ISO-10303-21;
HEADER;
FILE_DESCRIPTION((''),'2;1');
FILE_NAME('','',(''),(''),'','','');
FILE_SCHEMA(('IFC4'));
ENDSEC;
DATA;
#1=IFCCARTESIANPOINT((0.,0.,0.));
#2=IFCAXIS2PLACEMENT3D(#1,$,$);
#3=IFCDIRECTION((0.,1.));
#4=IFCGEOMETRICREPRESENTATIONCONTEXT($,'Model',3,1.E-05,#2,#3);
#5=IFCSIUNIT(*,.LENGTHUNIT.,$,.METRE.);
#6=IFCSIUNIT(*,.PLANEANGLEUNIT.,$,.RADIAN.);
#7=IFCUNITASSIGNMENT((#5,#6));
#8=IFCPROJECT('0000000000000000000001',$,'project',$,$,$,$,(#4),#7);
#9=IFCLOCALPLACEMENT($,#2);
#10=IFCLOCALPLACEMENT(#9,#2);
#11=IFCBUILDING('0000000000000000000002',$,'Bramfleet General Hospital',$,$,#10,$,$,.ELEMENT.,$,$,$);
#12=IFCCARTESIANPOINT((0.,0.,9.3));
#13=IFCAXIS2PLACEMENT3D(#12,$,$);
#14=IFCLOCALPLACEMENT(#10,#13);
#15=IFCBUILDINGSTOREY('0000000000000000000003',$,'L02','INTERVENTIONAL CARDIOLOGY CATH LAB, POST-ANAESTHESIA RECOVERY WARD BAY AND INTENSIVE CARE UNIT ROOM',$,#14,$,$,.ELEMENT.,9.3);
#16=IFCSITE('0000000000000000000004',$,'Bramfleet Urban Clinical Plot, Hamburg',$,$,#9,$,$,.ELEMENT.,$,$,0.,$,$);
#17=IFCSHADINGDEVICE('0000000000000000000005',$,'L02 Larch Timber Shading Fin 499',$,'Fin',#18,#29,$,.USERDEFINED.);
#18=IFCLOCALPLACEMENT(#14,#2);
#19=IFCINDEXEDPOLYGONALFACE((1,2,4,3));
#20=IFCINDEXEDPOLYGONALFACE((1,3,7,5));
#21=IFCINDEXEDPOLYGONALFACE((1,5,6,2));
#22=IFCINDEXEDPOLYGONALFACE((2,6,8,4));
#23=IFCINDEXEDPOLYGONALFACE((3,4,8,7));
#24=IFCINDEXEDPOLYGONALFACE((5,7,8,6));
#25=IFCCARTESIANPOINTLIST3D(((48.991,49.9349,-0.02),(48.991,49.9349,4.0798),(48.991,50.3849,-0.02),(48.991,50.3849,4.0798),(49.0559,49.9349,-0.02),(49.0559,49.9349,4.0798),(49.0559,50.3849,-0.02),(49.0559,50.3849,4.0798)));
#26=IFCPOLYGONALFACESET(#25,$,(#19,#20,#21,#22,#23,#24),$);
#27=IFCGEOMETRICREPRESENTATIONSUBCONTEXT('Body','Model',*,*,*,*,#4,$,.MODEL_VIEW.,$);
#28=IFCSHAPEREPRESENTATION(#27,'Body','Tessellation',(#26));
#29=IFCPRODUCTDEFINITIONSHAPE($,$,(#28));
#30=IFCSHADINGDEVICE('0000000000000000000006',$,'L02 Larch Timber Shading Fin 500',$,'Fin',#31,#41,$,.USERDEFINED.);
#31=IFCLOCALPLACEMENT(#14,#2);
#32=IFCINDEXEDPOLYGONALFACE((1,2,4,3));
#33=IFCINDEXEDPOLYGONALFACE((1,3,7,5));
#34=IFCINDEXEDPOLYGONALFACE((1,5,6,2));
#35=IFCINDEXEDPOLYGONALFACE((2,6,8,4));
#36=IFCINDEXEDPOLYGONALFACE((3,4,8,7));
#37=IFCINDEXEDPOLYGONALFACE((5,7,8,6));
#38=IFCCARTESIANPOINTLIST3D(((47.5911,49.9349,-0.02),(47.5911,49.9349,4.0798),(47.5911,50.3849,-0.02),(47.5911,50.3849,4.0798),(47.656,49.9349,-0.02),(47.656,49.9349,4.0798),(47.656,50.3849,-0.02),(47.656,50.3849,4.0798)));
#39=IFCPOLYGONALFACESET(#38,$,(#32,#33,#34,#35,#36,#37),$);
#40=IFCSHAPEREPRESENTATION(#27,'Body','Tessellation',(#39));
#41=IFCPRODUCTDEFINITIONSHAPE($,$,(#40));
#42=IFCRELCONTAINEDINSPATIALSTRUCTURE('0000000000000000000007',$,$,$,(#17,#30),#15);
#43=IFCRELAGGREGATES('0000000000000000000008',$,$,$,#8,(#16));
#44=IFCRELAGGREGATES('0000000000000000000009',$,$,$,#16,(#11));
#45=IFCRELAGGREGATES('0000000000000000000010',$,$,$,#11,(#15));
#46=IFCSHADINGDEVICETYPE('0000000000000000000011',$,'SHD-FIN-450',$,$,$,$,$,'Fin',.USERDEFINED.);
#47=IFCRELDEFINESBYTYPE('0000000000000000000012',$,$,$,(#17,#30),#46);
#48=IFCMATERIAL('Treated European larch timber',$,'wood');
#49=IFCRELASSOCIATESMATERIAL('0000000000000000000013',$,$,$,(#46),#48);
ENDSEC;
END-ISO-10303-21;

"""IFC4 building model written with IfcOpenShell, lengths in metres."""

from ifc_helpers import new_model, si_unit, direction, frame, origin, origin_2d, place, context, subcontext, project, spatial, rectangle, extrude, material, material_profile, profile_set, type_object, element, save


model = new_model("IFC4")

# Units and contexts
model_context = context("Model", 3, precision=1e-05, world=origin(), true_north=direction((0.0, 1.0)))
body_context = subcontext(model_context, "Body", "Model", "MODEL_VIEW")
ifc_project = project(units=[si_unit("LENGTHUNIT", "METRE"), si_unit("PLANEANGLEUNIT", "RADIAN")], contexts=[model_context])

# Site, building, storey
site_placement = place(None, origin())
site = spatial("IfcSite", under=ifc_project, at=site_placement, Name="Bramfleet Urban Clinical Plot, Hamburg", CompositionType="ELEMENT", RefElevation=0.0)
building_placement = place(site_placement, origin())
building = spatial("IfcBuilding", under=site, at=building_placement, Name="Bramfleet General Hospital", CompositionType="ELEMENT")
storey_placement = place(building_placement, frame((0.0, 0.0, 9.3)))
storey = spatial("IfcBuildingStorey", under=building, at=storey_placement, Name="L02", Description="INTERVENTIONAL CARDIOLOGY CATH LAB, POST-ANAESTHESIA RECOVERY WARD BAY AND INTENSIVE CARE UNIT ROOM", CompositionType="ELEMENT", Elevation=9.3)

# Shading devices
ifc_material_1 = material(Name="Treated European larch timber", Category="wood")
ifc_material_profile_1 = material_profile(ifc_material_1, rectangle(XDim=0.0649, YDim=0.45, at=origin_2d()), Name="LARCH FIN 450x65")
ifc_profile_set_1 = profile_set([ifc_material_profile_1], Name="Treated European larch timber")
shading_device_type = type_object("IfcShadingDeviceType", Name="SHD-FIN-450", ElementType="Fin", PredefinedType="USERDEFINED", material=ifc_profile_set_1)
for number, where, z_axis, x_axis, name in (
    (1, (49.0234, 50.1599, -0.02), (0.0, 0.0, 1.0), (-1.0, 0.0, 0.0), "L02 Larch Timber Shading Fin 499"),
    (2, (47.6235, 50.1599, -0.02), (0.0, 0.0, 1.0), (-1.0, 0.0, 0.0), "L02 Larch Timber Shading Fin 500"),
):
    element("IfcShadingDevice", number, at=place(storey_placement, frame(where, z_axis=z_axis, x_axis=x_axis)), inside=storey, type_object=shading_device_type, Name=name, ObjectType="Fin", PredefinedType="USERDEFINED", context=body_context, shape_type="SweptSolid", body=[
        extrude(rectangle(XDim=0.0649, YDim=0.45, at=origin_2d()), origin(), (0.0, 0.0, 1.0), 4.0999),
    ])

save(model, "model.ifc")
